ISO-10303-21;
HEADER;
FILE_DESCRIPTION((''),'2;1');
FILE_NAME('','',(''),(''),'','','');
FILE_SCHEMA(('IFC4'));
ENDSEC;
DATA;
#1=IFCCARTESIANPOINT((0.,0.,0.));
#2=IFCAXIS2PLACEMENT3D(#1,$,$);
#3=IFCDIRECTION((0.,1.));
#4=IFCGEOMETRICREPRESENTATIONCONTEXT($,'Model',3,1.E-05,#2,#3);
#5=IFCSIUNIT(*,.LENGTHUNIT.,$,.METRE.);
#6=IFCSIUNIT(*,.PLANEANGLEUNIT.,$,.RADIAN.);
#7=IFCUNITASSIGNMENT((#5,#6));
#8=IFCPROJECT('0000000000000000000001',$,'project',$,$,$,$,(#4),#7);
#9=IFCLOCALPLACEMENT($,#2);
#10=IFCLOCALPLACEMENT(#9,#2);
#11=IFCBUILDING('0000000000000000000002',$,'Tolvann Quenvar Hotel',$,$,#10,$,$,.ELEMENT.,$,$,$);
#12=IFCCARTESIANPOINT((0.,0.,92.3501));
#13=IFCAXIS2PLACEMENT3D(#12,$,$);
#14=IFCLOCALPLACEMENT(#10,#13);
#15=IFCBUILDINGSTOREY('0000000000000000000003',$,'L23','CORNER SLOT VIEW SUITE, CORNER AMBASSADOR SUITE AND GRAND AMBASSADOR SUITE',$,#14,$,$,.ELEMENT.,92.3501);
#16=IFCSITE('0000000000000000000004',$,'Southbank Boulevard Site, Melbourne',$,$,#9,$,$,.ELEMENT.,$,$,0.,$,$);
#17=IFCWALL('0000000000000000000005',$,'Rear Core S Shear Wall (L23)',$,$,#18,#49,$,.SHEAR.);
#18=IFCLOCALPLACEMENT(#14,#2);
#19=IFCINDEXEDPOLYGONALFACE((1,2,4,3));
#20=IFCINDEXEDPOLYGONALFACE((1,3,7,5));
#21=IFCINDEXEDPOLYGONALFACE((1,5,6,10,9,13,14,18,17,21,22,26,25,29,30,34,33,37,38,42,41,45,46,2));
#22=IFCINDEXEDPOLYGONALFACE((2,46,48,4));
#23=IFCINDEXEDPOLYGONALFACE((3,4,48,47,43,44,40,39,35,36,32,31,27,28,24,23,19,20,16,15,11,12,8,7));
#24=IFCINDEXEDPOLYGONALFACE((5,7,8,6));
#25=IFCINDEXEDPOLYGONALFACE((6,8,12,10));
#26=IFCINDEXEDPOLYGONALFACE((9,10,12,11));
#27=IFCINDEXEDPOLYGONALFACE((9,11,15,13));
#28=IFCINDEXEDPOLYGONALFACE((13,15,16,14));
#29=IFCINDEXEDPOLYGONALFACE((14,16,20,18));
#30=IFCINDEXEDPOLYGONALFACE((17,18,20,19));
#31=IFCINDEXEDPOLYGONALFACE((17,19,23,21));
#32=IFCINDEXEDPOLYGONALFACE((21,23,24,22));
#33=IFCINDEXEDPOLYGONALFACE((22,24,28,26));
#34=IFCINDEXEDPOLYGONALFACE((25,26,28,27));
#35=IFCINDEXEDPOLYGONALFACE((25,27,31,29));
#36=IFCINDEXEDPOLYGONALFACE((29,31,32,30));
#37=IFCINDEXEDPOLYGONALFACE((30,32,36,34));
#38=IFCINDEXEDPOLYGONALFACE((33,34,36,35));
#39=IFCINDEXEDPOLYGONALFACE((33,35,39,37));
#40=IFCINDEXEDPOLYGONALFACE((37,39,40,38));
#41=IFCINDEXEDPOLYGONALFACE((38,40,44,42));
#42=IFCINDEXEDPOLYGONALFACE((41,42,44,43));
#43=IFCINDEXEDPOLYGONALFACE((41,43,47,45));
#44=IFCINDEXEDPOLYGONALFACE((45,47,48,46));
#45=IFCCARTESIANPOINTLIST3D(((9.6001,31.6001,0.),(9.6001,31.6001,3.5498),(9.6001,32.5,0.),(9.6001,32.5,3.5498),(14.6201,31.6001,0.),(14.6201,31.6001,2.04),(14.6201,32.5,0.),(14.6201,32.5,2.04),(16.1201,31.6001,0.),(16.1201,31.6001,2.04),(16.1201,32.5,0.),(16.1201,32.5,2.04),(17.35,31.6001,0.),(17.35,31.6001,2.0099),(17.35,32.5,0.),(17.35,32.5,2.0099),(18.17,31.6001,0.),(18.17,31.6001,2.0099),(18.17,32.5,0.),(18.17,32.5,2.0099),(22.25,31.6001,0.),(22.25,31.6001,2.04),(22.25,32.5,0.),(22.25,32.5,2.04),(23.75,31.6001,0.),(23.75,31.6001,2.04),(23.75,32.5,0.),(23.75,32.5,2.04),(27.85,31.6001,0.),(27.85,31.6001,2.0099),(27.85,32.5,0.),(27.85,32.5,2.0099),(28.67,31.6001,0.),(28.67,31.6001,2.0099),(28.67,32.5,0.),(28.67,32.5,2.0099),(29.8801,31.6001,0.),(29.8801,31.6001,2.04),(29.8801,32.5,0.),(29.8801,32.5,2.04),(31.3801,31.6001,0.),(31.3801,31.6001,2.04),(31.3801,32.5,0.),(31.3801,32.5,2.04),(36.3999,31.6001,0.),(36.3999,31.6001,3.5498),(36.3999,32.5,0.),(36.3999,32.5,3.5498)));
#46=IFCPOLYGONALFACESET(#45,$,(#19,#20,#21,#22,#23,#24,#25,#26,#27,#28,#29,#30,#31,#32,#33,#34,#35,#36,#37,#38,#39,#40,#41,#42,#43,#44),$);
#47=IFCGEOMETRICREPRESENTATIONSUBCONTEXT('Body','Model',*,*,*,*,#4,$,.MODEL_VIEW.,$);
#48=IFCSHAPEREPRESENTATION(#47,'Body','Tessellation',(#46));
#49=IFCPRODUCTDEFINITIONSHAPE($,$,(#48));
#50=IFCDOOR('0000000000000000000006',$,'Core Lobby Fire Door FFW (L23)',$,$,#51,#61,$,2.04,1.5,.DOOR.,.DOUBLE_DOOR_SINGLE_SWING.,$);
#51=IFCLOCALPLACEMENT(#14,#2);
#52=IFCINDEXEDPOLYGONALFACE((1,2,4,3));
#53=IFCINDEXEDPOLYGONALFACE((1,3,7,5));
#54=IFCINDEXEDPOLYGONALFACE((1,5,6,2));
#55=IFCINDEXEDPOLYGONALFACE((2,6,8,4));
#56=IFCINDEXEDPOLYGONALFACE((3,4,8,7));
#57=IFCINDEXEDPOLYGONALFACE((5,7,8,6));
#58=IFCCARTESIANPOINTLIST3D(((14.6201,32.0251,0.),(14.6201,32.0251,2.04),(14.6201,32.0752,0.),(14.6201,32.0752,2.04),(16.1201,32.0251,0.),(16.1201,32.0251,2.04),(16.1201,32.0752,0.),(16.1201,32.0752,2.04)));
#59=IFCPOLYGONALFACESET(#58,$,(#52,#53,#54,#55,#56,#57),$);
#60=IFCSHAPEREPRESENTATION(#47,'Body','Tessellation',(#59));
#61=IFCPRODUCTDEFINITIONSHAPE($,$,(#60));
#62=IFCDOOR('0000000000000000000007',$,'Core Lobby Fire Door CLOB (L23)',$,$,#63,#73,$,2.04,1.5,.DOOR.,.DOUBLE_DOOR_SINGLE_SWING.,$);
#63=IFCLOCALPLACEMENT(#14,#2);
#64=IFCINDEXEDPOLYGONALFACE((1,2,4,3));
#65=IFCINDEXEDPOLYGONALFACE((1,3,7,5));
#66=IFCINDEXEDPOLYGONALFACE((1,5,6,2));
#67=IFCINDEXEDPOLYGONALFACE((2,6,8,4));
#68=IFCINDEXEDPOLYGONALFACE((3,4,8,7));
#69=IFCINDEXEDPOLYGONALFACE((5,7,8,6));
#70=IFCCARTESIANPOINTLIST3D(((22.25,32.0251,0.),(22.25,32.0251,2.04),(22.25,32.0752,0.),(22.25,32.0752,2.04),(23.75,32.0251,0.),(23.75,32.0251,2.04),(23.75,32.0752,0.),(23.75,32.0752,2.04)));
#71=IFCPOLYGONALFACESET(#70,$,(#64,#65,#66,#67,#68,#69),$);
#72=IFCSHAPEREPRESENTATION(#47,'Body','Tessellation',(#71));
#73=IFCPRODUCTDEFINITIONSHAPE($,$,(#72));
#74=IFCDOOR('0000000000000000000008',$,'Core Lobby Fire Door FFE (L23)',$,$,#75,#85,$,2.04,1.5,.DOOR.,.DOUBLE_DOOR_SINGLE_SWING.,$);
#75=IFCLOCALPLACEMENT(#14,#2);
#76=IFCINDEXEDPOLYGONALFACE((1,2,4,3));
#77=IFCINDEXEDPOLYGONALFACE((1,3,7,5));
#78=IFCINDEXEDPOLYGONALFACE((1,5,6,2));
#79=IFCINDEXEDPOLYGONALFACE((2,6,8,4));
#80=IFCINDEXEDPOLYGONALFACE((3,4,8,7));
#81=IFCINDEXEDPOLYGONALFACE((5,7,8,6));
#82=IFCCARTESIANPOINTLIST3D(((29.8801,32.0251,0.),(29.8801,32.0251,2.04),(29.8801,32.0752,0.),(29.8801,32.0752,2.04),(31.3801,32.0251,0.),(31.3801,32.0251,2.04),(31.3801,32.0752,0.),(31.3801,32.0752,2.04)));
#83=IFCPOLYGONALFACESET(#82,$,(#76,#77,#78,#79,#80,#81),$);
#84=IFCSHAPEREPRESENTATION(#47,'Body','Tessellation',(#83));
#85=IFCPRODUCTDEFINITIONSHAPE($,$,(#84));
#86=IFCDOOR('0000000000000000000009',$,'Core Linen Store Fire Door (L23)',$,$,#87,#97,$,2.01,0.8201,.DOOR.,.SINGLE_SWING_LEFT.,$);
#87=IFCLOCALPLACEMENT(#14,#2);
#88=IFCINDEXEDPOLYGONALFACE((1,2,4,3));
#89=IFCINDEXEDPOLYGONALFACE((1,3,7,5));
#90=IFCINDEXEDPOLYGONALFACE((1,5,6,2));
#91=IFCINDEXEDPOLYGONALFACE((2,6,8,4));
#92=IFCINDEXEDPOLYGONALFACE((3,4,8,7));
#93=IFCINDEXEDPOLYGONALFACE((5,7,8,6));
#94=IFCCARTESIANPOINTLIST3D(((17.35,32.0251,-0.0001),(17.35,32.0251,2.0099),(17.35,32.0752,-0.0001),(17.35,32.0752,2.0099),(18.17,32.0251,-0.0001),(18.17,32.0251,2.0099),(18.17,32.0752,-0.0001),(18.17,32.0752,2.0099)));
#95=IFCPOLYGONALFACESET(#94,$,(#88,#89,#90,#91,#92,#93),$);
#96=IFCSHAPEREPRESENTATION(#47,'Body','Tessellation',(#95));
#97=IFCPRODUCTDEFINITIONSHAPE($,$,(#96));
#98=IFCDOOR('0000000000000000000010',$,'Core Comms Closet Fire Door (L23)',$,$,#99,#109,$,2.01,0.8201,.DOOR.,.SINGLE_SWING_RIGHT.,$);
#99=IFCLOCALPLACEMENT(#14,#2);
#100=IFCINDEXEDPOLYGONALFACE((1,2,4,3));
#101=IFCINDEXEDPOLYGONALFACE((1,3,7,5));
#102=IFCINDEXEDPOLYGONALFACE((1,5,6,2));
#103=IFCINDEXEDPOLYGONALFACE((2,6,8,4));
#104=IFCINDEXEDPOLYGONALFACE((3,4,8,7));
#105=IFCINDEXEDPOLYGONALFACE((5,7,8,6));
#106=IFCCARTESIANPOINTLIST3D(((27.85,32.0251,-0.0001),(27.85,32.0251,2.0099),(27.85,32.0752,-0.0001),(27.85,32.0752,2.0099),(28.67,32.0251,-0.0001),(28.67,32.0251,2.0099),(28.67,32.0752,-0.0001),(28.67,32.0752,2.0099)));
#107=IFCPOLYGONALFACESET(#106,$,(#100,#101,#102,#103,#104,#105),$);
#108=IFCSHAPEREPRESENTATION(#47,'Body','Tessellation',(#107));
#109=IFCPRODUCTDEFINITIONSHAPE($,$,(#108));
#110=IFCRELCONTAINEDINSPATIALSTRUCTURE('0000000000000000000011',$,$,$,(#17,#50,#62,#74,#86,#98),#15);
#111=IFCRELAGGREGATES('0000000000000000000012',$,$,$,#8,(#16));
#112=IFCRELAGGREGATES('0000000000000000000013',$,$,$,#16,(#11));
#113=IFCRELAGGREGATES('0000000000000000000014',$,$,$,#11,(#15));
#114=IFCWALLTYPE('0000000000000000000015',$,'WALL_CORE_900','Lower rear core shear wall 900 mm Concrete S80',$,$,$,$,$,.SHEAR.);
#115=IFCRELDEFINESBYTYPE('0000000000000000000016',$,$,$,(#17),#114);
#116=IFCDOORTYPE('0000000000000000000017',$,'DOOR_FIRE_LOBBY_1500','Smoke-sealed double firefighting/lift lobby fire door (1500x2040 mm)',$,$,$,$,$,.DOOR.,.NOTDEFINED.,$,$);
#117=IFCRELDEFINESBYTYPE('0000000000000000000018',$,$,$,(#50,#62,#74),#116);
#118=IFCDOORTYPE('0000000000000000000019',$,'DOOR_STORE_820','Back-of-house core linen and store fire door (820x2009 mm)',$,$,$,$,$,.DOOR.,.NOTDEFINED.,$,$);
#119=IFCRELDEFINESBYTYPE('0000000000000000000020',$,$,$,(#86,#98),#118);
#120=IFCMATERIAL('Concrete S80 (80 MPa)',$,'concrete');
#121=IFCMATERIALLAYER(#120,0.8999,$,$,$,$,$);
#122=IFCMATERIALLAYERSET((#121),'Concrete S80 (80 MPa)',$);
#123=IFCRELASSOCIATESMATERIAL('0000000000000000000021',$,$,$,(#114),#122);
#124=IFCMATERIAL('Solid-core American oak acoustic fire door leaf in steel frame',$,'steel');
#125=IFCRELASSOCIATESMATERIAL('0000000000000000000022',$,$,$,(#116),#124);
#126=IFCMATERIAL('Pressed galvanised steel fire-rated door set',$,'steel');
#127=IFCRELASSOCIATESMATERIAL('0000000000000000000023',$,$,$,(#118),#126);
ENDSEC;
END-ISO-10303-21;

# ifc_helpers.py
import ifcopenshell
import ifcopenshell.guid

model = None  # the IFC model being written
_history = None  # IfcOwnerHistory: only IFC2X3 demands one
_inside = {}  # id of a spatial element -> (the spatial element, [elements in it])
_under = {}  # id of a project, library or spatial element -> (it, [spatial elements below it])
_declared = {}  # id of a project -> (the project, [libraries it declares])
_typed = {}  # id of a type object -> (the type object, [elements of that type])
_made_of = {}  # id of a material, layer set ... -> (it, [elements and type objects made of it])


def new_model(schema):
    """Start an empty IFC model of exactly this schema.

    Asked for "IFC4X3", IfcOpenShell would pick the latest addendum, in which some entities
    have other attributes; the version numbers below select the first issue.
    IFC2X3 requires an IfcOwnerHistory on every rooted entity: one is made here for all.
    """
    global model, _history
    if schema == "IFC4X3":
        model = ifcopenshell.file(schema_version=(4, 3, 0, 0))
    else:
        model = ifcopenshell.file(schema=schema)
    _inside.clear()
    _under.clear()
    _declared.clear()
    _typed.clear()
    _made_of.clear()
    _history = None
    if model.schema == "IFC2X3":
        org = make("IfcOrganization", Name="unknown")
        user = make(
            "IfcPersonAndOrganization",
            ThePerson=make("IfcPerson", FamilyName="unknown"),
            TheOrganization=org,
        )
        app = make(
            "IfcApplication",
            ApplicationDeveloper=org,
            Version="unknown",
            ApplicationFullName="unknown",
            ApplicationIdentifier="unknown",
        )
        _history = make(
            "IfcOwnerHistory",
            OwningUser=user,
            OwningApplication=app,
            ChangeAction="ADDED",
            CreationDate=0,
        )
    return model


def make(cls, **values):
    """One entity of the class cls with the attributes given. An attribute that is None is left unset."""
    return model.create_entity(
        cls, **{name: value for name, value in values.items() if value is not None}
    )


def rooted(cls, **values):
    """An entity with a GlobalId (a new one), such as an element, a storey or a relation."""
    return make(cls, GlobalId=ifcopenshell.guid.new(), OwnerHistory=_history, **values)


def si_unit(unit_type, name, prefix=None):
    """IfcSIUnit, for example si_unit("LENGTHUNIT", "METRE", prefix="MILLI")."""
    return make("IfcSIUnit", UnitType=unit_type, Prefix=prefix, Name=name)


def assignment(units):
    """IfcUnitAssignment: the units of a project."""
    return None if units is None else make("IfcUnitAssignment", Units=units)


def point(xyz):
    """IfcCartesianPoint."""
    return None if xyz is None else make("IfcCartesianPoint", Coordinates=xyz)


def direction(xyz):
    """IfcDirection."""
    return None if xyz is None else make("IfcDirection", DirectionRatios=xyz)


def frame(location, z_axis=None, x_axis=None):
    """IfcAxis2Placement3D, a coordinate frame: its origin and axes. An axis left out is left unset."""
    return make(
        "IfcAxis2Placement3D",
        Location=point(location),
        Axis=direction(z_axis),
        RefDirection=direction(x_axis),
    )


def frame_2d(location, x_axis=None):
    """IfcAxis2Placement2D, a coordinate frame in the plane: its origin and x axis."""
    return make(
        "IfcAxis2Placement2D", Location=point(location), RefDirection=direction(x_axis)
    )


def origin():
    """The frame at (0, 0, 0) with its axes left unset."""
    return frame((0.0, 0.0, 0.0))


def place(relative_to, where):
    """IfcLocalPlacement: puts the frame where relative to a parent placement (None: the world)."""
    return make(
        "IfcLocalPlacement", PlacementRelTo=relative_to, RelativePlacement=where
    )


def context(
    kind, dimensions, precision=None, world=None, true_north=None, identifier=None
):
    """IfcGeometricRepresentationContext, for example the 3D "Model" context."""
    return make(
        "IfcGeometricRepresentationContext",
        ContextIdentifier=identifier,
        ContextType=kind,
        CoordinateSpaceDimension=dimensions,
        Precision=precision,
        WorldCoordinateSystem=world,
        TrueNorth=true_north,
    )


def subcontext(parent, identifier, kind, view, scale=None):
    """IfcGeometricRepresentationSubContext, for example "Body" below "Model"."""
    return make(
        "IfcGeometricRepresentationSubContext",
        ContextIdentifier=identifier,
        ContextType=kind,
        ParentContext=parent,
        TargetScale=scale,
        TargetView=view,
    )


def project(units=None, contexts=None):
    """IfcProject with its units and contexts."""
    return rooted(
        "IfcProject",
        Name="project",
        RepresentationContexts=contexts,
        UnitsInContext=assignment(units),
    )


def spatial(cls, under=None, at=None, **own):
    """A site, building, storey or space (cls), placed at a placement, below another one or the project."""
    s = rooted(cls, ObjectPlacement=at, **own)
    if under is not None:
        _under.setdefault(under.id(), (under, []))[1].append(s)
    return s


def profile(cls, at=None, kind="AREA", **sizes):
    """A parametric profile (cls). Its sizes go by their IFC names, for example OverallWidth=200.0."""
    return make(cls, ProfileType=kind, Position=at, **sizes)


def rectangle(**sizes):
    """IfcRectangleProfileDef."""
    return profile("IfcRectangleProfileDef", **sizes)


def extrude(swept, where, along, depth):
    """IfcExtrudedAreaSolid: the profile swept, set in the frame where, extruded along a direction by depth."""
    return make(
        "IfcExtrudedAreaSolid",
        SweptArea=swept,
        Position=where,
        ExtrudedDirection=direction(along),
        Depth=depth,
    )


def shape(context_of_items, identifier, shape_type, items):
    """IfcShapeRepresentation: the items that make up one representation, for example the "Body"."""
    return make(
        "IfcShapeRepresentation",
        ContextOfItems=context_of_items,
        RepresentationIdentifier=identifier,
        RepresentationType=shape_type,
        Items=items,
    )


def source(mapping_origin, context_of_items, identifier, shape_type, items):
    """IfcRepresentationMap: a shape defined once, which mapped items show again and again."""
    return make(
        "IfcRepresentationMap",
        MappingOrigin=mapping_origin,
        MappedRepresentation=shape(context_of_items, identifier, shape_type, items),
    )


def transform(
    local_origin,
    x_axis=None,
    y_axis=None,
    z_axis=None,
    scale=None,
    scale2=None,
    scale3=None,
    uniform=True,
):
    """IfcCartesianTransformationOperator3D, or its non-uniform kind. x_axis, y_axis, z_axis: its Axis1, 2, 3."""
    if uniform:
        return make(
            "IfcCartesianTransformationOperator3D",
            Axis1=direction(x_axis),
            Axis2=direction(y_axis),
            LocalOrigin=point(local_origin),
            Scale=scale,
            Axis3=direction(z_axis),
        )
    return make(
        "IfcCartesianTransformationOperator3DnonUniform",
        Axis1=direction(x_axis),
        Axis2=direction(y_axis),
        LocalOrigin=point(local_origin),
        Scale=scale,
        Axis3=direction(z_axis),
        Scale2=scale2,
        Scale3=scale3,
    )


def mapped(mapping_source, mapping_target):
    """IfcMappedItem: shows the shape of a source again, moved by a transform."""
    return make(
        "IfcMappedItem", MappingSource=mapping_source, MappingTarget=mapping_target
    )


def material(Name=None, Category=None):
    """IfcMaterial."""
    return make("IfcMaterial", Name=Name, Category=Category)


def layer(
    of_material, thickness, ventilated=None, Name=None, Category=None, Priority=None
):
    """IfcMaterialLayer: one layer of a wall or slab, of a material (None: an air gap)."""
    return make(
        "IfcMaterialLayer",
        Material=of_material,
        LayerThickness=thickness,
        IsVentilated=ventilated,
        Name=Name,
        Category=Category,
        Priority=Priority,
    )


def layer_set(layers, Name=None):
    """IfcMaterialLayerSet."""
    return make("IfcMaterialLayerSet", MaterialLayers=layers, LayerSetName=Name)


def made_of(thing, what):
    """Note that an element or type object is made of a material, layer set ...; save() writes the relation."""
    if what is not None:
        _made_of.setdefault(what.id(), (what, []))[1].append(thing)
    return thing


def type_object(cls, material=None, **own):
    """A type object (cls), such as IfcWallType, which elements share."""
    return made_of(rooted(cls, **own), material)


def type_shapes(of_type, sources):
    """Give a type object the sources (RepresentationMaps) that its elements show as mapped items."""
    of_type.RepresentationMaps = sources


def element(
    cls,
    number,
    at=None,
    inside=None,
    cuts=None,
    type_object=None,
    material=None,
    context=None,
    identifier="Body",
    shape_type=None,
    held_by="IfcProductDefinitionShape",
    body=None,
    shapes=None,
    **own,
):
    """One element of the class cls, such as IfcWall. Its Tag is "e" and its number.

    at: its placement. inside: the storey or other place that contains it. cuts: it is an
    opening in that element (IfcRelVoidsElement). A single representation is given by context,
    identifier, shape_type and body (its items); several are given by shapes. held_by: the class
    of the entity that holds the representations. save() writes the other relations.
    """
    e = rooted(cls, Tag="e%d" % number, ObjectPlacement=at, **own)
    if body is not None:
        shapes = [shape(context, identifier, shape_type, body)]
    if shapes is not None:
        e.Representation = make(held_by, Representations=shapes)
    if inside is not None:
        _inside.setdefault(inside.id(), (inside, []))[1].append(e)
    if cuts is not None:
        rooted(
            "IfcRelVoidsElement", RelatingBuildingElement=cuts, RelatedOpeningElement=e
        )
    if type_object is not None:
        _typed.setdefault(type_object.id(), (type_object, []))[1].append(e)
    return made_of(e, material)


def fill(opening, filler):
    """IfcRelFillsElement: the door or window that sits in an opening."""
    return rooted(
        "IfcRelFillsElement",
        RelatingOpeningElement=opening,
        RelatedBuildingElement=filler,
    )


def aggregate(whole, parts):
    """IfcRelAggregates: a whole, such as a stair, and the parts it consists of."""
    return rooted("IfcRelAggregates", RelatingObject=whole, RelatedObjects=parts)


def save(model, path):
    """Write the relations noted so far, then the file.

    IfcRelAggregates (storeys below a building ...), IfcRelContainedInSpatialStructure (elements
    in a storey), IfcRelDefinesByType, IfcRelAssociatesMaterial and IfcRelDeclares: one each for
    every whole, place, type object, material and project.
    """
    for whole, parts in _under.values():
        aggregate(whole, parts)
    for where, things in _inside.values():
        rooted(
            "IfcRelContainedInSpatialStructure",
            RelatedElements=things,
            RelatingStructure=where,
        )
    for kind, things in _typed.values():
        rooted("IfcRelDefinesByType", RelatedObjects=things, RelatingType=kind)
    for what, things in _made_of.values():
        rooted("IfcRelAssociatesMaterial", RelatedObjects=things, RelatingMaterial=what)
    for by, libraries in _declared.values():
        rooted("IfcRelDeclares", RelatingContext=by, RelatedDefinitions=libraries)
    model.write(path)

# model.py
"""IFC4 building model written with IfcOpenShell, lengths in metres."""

from ifc_helpers import new_model, si_unit, direction, frame, frame_2d, origin, place, context, subcontext, project, spatial, rectangle, extrude, source, transform, mapped, material, layer, layer_set, type_object, type_shapes, element, fill, save


model = new_model("IFC4")

# Units and contexts
model_context = context("Model", 3, precision=1e-05, world=origin(), true_north=direction((0.0, 1.0)))
body_context = subcontext(model_context, "Body", "Model", "MODEL_VIEW")
ifc_project = project(units=[si_unit("LENGTHUNIT", "METRE"), si_unit("PLANEANGLEUNIT", "RADIAN")], contexts=[model_context])

# Site, building, storey
site_placement = place(None, origin())
site = spatial("IfcSite", under=ifc_project, at=site_placement, Name="Southbank Boulevard Site, Melbourne", CompositionType="ELEMENT", RefElevation=0.0)
building_placement = place(site_placement, origin())
building = spatial("IfcBuilding", under=site, at=building_placement, Name="Tolvann Quenvar Hotel", CompositionType="ELEMENT")
storey_placement = place(building_placement, frame((0.0, 0.0, 92.3501)))
storey = spatial("IfcBuildingStorey", under=building, at=storey_placement, Name="L23", Description="CORNER SLOT VIEW SUITE, CORNER AMBASSADOR SUITE AND GRAND AMBASSADOR SUITE", CompositionType="ELEMENT", Elevation=92.3501)

# Wall, openings, doors
ifc_material_1 = material(Name="Concrete S80 (80 MPa)", Category="concrete")
ifc_layer_1 = layer(ifc_material_1, 0.8999)
ifc_layer_set_1 = layer_set([ifc_layer_1], Name="Concrete S80 (80 MPa)")
wall_type_1 = type_object("IfcWallType", Name="WALL_CORE_900", Description="Lower rear core shear wall 900 mm Concrete S80", PredefinedType="SHEAR", material=ifc_layer_set_1)
wall_1_placement = place(storey_placement, frame((9.6001, 32.05, 0.0), z_axis=(0.0, 0.0, 1.0), x_axis=(1.0, 0.0, 0.0)))
wall_1 = element("IfcWall", 1, at=wall_1_placement, inside=storey, type_object=wall_type_1, Name="Rear Core S Shear Wall (L23)", PredefinedType="SHEAR", context=body_context, shape_type="SweptSolid", body=[
    extrude(rectangle(XDim=26.7998, YDim=0.8999, at=frame_2d((13.3999, 0.0))), origin(), (0.0, 0.0, 1.0), 3.5498),
])
opening_1_placement = place(wall_1_placement, frame((6.52, 0.0, 0.0), z_axis=(0.0, 0.0, 1.0), x_axis=(-1.0, 0.0, 0.0)))
opening_1 = element("IfcOpeningElement", 2, at=opening_1_placement, cuts=wall_1, PredefinedType="OPENING", context=body_context, shape_type="SweptSolid", body=[
    extrude(rectangle(XDim=1.5, YDim=2.04, at=frame_2d((0.75, 1.02))), frame((0.0, 0.46, 0.0), z_axis=(0.0, -1.0, 0.0), x_axis=(1.0, 0.0, 0.0)), (0.0, 0.0, 1.0), 0.9199),
])
opening_2_placement = place(wall_1_placement, frame((14.1499, 0.0, 0.0), z_axis=(0.0, 0.0, 1.0), x_axis=(-1.0, 0.0, 0.0)))
opening_2 = element("IfcOpeningElement", 3, at=opening_2_placement, cuts=wall_1, PredefinedType="OPENING", context=body_context, shape_type="SweptSolid", body=[
    extrude(rectangle(XDim=1.5, YDim=2.04, at=frame_2d((0.75, 1.02))), frame((0.0, 0.46, 0.0), z_axis=(0.0, -1.0, 0.0), x_axis=(1.0, 0.0, 0.0)), (0.0, 0.0, 1.0), 0.9199),
])
opening_3_placement = place(wall_1_placement, frame((21.78, 0.0, 0.0), z_axis=(0.0, 0.0, 1.0), x_axis=(-1.0, 0.0, 0.0)))
opening_3 = element("IfcOpeningElement", 4, at=opening_3_placement, cuts=wall_1, PredefinedType="OPENING", context=body_context, shape_type="SweptSolid", body=[
    extrude(rectangle(XDim=1.5, YDim=2.04, at=frame_2d((0.75, 1.02))), frame((0.0, 0.46, 0.0), z_axis=(0.0, -1.0, 0.0), x_axis=(1.0, 0.0, 0.0)), (0.0, 0.0, 1.0), 0.9199),
])
opening_4_placement = place(wall_1_placement, frame((8.5701, 0.0, 0.0), z_axis=(0.0, 0.0, 1.0), x_axis=(-1.0, 0.0, 0.0)))
opening_4 = element("IfcOpeningElement", 5, at=opening_4_placement, cuts=wall_1, PredefinedType="OPENING", context=body_context, shape_type="SweptSolid", body=[
    extrude(rectangle(XDim=0.8201, YDim=2.01, at=frame_2d((0.4102, 1.0049))), frame((0.0, 0.46, 0.0), z_axis=(0.0, -1.0, 0.0), x_axis=(1.0, 0.0, 0.0)), (0.0, 0.0, 1.0), 0.9199),
])
opening_5_placement = place(wall_1_placement, frame((19.0701, 0.0, 0.0), z_axis=(0.0, 0.0, 1.0), x_axis=(-1.0, 0.0, 0.0)))
opening_5 = element("IfcOpeningElement", 6, at=opening_5_placement, cuts=wall_1, PredefinedType="OPENING", context=body_context, shape_type="SweptSolid", body=[
    extrude(rectangle(XDim=0.8201, YDim=2.01, at=frame_2d((0.4102, 1.0049))), frame((0.0, 0.46, 0.0), z_axis=(0.0, -1.0, 0.0), x_axis=(1.0, 0.0, 0.0)), (0.0, 0.0, 1.0), 0.9199),
])
ifc_material_2 = material(Name="Solid-core American oak acoustic fire door leaf in steel frame", Category="steel")
door_type_1 = type_object("IfcDoorType", Name="DOOR_FIRE_LOBBY_1500", Description="Smoke-sealed double firefighting/lift lobby fire door (1500x2040 mm)", OperationType="NOTDEFINED", PredefinedType="DOOR", material=ifc_material_2)
shared_shape_1 = source(origin(), body_context, "Body", "SweptSolid", [
    extrude(rectangle(XDim=1.5, YDim=2.04, at=frame_2d((0.75, 1.02))), frame((0.0, 0.0249, 0.0), z_axis=(0.0, -1.0, 0.0), x_axis=(1.0, 0.0, 0.0)), (0.0, 0.0, 1.0), 0.05),
])
type_shapes(door_type_1, [shared_shape_1])
door_1_placement = place(opening_1_placement, origin())
door_1 = element("IfcDoor", 7, at=door_1_placement, inside=storey, type_object=door_type_1, Name="Core Lobby Fire Door FFW (L23)", OperationType="DOUBLE_DOOR_SINGLE_SWING", OverallHeight=2.04, OverallWidth=1.5, PredefinedType="DOOR", context=body_context, shape_type="MappedRepresentation", body=[
    mapped(shared_shape_1, transform((0.0, 0.0, 0.0), x_axis=(1.0, 0.0, 0.0), y_axis=(0.0, 1.0, 0.0), z_axis=(0.0, 0.0, 1.0), scale=1.0)),
])
fill(opening_1, door_1)
door_2_placement = place(opening_2_placement, origin())
door_2 = element("IfcDoor", 8, at=door_2_placement, inside=storey, type_object=door_type_1, Name="Core Lobby Fire Door CLOB (L23)", OperationType="DOUBLE_DOOR_SINGLE_SWING", OverallHeight=2.04, OverallWidth=1.5, PredefinedType="DOOR", context=body_context, shape_type="MappedRepresentation", body=[
    mapped(shared_shape_1, transform((0.0, 0.0, 0.0), x_axis=(1.0, 0.0, 0.0), y_axis=(0.0, 1.0, 0.0), z_axis=(0.0, 0.0, 1.0), scale=1.0)),
])
fill(opening_2, door_2)
door_3_placement = place(opening_3_placement, origin())
door_3 = element("IfcDoor", 9, at=door_3_placement, inside=storey, type_object=door_type_1, Name="Core Lobby Fire Door FFE (L23)", OperationType="DOUBLE_DOOR_SINGLE_SWING", OverallHeight=2.04, OverallWidth=1.5, PredefinedType="DOOR", context=body_context, shape_type="MappedRepresentation", body=[
    mapped(shared_shape_1, transform((0.0, 0.0, 0.0), x_axis=(1.0, 0.0, 0.0), y_axis=(0.0, 1.0, 0.0), z_axis=(0.0, 0.0, 1.0), scale=1.0)),
])
fill(opening_3, door_3)
ifc_material_3 = material(Name="Pressed galvanised steel fire-rated door set", Category="steel")
door_type_2 = type_object("IfcDoorType", Name="DOOR_STORE_820", Description="Back-of-house core linen and store fire door (820x2009 mm)", OperationType="NOTDEFINED", PredefinedType="DOOR", material=ifc_material_3)
shared_shape_2 = source(origin(), body_context, "Body", "SweptSolid", [
    extrude(rectangle(XDim=0.8201, YDim=2.01, at=frame_2d((0.4102, 1.0049))), frame((0.0, 0.0249, 0.0), z_axis=(0.0, -1.0, 0.0), x_axis=(1.0, 0.0, 0.0)), (0.0, 0.0, 1.0), 0.05),
])
type_shapes(door_type_2, [shared_shape_2])
door_4_placement = place(opening_4_placement, origin())
door_4 = element("IfcDoor", 10, at=door_4_placement, inside=storey, type_object=door_type_2, Name="Core Linen Store Fire Door (L23)", OperationType="SINGLE_SWING_LEFT", OverallHeight=2.01, OverallWidth=0.8201, PredefinedType="DOOR", context=body_context, shape_type="MappedRepresentation", body=[
    mapped(shared_shape_2, transform((0.0, 0.0, 0.0), x_axis=(1.0, 0.0, 0.0), y_axis=(0.0, 1.0, 0.0), z_axis=(0.0, 0.0, 1.0), scale=1.0)),
])
fill(opening_4, door_4)
door_5_placement = place(opening_5_placement, origin())
door_5 = element("IfcDoor", 11, at=door_5_placement, inside=storey, type_object=door_type_2, Name="Core Comms Closet Fire Door (L23)", OperationType="SINGLE_SWING_RIGHT", OverallHeight=2.01, OverallWidth=0.8201, PredefinedType="DOOR", context=body_context, shape_type="MappedRepresentation", body=[
    mapped(shared_shape_2, transform((0.0, 0.0, 0.0), x_axis=(1.0, 0.0, 0.0), y_axis=(0.0, 1.0, 0.0), z_axis=(0.0, 0.0, 1.0), scale=1.0)),
])
fill(opening_5, door_5)

save(model, "model.ifc")
